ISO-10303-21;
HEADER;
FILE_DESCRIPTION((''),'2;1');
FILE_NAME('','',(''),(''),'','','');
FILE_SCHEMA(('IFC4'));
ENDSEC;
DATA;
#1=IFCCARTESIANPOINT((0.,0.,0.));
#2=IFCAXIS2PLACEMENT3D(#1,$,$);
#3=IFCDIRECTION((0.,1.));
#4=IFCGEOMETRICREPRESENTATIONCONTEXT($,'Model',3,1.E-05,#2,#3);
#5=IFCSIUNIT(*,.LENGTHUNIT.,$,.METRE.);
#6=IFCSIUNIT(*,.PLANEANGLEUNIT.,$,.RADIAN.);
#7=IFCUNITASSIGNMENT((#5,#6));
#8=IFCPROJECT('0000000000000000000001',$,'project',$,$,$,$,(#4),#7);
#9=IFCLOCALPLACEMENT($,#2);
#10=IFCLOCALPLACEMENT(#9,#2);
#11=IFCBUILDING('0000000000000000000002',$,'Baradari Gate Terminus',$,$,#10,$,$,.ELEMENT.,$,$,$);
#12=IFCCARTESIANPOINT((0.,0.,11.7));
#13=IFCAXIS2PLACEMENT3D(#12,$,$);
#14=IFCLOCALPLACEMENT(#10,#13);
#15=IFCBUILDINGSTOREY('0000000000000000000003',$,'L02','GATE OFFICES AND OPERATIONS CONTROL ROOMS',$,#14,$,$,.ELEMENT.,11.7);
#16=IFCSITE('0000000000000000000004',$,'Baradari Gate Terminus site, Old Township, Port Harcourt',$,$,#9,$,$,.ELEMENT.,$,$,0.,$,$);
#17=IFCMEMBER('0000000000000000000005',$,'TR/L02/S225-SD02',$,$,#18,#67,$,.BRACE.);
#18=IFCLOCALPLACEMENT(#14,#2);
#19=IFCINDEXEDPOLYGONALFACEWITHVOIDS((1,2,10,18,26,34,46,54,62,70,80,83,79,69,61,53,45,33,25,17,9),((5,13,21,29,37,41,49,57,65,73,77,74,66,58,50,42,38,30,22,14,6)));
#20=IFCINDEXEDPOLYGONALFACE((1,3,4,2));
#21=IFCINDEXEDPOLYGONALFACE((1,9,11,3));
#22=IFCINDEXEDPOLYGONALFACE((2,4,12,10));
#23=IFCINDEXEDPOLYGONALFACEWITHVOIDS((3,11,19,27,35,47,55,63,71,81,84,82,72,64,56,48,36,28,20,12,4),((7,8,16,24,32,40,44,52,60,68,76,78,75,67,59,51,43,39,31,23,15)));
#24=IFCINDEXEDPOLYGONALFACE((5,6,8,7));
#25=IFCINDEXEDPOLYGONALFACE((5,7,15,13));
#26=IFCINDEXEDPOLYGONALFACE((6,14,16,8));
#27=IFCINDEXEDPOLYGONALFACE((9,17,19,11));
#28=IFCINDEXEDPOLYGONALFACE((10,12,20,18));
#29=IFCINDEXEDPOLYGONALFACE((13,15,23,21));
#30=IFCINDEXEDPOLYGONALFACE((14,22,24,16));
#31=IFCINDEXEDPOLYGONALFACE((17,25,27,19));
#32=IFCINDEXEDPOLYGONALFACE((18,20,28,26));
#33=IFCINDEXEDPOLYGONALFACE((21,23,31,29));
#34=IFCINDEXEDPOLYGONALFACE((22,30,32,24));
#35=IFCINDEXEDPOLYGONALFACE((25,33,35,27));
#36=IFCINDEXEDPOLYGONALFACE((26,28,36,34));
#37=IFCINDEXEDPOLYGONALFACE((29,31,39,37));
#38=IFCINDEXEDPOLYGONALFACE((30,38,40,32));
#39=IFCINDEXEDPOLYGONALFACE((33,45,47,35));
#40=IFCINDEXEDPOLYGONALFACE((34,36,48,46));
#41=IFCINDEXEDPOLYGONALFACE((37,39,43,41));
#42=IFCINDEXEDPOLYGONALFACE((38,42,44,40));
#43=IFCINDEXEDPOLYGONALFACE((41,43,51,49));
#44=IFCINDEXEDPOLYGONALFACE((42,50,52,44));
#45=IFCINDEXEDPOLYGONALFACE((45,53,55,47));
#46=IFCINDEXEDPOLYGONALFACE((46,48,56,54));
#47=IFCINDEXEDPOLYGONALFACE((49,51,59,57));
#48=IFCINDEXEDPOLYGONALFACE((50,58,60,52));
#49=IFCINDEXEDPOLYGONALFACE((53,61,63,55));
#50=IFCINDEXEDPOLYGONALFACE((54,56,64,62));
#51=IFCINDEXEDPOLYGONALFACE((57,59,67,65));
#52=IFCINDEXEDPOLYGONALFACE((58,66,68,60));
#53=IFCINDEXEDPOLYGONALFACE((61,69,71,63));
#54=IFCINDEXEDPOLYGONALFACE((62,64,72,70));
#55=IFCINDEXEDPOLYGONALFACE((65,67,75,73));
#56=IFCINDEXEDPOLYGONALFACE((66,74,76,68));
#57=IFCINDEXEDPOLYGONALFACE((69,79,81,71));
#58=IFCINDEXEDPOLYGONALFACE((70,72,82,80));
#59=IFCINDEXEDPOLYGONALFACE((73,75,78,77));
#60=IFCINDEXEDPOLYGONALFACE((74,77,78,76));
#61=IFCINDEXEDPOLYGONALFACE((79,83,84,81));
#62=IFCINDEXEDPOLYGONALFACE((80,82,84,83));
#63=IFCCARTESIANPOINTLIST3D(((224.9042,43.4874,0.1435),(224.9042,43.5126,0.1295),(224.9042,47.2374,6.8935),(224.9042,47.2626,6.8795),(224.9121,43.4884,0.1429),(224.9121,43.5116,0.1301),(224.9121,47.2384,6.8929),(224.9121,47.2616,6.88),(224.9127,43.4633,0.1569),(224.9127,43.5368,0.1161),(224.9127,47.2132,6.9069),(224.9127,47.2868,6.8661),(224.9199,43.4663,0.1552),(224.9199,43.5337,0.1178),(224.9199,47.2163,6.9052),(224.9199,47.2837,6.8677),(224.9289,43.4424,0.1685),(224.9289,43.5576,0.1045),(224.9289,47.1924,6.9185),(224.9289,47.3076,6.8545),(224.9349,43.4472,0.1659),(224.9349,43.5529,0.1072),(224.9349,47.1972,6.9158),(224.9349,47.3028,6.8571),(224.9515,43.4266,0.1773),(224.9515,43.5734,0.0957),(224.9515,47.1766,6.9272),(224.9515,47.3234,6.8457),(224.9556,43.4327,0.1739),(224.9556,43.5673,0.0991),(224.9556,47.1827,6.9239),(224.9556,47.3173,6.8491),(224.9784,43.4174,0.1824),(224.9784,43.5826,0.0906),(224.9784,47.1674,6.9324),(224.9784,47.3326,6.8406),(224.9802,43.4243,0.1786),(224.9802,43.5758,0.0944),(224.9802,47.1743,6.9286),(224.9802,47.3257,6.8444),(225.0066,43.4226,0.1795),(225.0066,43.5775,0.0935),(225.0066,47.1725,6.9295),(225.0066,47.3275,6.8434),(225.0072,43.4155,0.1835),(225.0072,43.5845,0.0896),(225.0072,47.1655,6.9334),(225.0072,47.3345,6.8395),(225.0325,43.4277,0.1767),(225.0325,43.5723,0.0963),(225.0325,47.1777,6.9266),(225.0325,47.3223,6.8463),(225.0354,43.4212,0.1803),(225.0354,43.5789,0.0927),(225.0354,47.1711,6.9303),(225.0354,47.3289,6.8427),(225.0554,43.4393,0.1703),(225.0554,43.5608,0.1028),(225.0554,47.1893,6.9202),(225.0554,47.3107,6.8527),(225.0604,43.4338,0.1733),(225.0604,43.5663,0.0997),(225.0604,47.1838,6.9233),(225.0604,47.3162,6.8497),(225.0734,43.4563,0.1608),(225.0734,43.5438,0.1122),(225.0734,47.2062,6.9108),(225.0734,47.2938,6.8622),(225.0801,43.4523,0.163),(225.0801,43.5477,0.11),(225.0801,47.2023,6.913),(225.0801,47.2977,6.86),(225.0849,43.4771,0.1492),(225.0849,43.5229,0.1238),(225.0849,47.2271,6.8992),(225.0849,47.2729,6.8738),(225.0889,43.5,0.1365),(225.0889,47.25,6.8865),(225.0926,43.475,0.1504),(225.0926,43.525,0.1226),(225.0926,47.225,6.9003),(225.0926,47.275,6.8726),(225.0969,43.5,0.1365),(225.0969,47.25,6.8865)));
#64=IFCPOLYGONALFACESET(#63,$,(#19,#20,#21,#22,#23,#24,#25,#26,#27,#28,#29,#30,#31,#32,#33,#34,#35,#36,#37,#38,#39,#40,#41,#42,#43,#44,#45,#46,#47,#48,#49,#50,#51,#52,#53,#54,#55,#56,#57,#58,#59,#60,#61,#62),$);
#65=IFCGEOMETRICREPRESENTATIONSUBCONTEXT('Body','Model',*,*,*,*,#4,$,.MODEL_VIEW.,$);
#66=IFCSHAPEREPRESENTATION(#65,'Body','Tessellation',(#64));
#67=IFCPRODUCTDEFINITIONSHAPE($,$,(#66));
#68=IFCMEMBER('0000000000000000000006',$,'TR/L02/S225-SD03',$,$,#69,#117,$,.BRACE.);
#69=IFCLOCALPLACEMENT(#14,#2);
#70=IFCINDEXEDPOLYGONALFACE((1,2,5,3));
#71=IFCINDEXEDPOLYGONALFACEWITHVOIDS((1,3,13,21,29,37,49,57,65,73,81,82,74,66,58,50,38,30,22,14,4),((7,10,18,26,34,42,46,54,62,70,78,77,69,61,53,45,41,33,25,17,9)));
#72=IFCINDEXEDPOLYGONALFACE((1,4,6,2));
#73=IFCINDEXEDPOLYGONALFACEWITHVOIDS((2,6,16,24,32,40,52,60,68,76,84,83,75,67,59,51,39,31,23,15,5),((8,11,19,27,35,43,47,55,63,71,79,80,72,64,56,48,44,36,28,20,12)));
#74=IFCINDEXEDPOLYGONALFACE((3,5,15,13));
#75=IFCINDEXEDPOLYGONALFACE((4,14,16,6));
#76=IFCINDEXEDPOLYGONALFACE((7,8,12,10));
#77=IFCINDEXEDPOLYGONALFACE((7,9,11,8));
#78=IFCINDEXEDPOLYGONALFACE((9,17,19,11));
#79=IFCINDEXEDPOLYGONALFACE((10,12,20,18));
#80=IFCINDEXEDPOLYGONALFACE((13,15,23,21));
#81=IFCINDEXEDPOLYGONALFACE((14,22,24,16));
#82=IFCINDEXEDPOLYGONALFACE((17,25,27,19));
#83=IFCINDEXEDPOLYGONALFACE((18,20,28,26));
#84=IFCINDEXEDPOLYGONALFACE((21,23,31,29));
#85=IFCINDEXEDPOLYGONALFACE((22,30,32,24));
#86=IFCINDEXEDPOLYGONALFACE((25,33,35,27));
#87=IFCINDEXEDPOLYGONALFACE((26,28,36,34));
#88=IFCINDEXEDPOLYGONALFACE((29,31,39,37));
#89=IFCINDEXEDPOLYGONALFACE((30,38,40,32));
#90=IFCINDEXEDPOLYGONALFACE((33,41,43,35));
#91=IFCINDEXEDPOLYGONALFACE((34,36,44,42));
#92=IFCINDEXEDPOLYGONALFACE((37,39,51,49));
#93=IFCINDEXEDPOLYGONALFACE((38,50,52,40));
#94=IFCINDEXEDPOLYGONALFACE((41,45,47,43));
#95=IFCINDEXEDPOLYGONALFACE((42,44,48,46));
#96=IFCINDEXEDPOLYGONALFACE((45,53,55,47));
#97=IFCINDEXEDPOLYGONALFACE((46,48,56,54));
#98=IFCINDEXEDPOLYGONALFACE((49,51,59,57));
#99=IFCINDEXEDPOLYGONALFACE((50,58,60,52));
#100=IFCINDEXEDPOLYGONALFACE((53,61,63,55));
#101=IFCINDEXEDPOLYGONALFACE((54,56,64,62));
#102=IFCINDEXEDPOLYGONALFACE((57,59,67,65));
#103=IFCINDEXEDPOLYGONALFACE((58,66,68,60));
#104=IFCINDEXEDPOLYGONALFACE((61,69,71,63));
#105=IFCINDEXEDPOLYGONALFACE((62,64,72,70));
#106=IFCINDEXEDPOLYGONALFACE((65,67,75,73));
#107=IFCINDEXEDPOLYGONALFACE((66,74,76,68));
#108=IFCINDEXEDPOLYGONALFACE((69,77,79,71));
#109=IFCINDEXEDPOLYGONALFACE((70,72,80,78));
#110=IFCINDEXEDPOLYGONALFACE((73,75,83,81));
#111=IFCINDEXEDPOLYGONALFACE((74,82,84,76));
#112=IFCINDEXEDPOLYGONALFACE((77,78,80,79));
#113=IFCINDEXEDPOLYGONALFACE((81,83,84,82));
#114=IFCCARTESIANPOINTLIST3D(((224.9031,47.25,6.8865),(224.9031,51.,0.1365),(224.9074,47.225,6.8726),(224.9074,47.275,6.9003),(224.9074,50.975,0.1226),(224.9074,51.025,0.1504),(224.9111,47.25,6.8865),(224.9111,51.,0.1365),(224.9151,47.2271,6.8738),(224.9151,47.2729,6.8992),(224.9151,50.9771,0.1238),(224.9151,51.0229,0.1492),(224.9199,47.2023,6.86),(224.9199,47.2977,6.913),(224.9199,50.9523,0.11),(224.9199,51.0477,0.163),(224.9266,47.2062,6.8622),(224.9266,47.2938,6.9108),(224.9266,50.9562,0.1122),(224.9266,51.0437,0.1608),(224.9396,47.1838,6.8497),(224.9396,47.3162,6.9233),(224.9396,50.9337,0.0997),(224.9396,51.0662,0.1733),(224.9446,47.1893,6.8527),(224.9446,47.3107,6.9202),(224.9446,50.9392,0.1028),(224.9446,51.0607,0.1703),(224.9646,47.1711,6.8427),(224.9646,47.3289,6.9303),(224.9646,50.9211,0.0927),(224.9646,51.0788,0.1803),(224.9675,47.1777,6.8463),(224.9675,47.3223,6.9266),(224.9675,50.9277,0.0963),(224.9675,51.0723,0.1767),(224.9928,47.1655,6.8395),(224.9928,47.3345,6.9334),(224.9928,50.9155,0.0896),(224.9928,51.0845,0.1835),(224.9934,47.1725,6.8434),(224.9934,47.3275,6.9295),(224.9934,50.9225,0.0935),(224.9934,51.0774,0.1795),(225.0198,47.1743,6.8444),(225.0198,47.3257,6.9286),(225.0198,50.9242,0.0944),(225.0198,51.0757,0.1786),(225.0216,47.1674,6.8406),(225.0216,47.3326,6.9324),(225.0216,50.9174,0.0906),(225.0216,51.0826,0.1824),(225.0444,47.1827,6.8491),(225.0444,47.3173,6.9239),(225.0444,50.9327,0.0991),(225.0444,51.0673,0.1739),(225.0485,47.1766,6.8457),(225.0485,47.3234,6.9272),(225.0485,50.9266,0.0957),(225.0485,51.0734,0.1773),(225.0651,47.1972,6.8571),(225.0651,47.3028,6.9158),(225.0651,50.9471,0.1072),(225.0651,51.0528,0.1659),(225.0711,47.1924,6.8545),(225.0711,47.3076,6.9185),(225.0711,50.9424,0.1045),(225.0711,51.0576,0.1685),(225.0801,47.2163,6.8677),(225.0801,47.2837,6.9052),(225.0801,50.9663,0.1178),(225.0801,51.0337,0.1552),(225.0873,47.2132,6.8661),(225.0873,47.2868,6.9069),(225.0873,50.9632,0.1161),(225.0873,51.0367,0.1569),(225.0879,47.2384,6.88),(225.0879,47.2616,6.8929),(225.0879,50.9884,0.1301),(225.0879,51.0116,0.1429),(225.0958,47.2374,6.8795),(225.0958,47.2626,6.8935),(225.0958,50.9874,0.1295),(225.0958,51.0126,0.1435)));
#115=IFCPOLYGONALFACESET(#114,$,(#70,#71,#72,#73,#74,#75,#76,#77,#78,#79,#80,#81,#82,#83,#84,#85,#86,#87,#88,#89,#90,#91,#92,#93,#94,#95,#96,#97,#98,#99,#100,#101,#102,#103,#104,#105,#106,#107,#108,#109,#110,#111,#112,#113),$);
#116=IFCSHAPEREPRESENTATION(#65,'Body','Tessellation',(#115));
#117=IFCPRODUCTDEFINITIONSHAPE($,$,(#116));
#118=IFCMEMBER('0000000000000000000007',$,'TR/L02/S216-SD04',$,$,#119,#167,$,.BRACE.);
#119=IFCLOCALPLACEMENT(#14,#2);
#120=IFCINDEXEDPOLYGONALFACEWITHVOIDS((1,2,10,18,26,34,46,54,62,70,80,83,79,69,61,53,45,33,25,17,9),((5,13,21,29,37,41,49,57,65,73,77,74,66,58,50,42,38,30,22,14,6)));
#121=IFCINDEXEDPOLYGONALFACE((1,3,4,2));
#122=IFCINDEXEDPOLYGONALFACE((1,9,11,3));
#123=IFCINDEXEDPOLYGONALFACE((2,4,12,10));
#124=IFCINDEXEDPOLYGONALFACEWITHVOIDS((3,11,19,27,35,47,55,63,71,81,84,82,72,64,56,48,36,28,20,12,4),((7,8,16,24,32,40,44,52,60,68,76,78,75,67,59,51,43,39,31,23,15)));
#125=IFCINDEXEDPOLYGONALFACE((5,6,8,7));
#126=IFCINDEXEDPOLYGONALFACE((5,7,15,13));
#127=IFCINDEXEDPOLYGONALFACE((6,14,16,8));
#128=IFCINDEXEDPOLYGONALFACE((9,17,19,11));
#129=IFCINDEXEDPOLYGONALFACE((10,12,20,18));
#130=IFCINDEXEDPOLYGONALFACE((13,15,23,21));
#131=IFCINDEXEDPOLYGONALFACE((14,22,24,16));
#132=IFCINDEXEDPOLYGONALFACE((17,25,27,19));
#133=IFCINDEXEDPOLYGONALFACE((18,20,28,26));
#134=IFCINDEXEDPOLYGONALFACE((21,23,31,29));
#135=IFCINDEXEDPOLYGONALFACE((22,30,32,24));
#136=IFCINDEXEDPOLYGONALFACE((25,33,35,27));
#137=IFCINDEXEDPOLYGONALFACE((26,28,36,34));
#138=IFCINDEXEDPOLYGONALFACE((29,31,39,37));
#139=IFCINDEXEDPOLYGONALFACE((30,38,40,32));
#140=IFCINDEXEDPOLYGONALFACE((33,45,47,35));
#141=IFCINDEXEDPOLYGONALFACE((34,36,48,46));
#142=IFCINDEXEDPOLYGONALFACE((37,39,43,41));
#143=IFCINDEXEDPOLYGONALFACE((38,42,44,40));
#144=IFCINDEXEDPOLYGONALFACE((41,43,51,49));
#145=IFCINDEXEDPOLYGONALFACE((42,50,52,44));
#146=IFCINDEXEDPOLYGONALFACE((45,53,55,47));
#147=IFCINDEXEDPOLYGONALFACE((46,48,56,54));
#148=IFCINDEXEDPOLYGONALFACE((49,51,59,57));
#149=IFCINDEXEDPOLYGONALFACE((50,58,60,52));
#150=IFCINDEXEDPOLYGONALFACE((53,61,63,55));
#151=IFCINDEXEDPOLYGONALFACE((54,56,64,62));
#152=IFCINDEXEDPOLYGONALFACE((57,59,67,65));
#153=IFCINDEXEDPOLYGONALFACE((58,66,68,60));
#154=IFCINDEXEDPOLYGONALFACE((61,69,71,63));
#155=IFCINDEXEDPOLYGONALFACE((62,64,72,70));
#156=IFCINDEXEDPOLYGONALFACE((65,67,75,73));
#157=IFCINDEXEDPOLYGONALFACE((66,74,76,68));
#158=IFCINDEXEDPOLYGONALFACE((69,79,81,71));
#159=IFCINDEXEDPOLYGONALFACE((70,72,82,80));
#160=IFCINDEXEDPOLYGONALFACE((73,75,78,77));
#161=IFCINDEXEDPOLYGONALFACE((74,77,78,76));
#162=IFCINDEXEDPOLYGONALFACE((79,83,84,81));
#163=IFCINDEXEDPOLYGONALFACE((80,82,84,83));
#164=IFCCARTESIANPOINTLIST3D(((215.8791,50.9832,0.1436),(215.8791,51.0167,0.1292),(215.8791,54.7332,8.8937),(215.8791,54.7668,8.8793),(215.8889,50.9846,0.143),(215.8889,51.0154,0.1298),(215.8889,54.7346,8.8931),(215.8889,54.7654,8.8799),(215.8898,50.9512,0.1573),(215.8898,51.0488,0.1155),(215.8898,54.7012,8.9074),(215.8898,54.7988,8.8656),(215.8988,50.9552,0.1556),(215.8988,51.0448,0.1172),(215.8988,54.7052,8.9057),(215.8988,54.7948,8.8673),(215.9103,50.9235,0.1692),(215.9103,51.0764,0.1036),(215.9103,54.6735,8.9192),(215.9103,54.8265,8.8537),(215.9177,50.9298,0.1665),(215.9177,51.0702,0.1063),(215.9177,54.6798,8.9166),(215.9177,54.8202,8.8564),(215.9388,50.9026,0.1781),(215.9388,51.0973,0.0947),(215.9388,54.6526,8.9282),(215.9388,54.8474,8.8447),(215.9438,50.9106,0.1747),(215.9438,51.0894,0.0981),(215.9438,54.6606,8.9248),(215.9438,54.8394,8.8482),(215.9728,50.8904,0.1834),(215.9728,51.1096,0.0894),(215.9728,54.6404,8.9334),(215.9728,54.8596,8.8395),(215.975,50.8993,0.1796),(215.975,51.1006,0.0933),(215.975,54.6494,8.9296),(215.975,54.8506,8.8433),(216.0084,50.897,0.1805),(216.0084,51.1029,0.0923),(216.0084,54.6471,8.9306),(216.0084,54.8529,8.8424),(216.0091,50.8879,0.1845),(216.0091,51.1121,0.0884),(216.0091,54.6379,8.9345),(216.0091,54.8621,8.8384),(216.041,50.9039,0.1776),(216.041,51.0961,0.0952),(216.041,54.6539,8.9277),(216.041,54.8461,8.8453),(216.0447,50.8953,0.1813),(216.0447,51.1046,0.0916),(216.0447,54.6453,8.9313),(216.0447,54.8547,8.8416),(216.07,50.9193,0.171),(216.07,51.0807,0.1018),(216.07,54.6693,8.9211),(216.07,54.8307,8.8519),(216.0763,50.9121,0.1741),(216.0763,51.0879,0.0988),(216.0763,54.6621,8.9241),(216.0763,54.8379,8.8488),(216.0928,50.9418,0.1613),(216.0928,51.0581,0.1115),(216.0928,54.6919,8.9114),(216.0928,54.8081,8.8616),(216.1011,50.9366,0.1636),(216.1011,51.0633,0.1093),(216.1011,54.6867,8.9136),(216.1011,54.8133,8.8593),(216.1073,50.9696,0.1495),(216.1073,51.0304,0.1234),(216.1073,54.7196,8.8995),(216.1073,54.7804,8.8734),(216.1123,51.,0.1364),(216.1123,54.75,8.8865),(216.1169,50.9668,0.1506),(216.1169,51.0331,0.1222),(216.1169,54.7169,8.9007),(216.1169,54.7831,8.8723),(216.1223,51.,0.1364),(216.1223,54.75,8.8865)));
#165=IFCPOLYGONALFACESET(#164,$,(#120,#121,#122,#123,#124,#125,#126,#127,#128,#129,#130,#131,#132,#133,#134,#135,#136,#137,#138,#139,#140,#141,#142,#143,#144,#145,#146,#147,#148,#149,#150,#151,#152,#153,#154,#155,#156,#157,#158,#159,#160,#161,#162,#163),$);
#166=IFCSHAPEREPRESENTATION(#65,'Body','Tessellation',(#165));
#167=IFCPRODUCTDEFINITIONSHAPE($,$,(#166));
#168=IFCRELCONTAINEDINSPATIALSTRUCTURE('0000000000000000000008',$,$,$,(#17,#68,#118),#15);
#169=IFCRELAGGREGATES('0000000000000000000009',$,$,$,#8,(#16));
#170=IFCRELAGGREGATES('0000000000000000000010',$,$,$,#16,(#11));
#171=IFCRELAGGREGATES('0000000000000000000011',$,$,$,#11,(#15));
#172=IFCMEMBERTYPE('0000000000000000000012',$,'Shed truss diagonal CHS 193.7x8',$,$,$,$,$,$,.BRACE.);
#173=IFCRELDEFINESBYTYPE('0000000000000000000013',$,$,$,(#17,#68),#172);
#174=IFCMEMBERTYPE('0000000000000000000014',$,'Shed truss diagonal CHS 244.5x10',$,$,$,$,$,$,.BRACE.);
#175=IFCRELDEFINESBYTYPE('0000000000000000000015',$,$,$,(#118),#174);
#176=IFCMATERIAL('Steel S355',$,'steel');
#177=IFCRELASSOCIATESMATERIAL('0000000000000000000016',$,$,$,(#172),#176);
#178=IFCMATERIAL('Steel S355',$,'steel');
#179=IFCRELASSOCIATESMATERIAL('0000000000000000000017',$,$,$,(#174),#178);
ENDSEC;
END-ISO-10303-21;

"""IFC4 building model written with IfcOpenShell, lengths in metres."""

from ifc_helpers import new_model, si_unit, direction, frame, origin, origin_2d, place, context, subcontext, project, spatial, hollow_circle, extrude, material, material_profile, profile_set, type_object, element, save


model = new_model("IFC4")

# Units and contexts
model_context = context("Model", 3, precision=1e-05, world=origin(), true_north=direction((0.0, 1.0)))
body_context = subcontext(model_context, "Body", "Model", "MODEL_VIEW")
ifc_project = project(units=[si_unit("LENGTHUNIT", "METRE"), si_unit("PLANEANGLEUNIT", "RADIAN")], contexts=[model_context])

# Site, building, storey
site_placement = place(None, origin())
site = spatial("IfcSite", under=ifc_project, at=site_placement, Name="Baradari Gate Terminus site, Old Township, Port Harcourt", CompositionType="ELEMENT", RefElevation=0.0)
building_placement = place(site_placement, origin())
building = spatial("IfcBuilding", under=site, at=building_placement, Name="Baradari Gate Terminus", CompositionType="ELEMENT")
storey_placement = place(building_placement, frame((0.0, 0.0, 11.7)))
storey = spatial("IfcBuildingStorey", under=building, at=storey_placement, Name="L02", Description="GATE OFFICES AND OPERATIONS CONTROL ROOMS", CompositionType="ELEMENT", Elevation=11.7)

# Members
ifc_material_1 = material(Name="Steel S355", Category="steel")
ifc_material_profile_1 = material_profile(ifc_material_1, hollow_circle(Radius=0.0969, WallThickness=0.0081, at=origin_2d()), Name="CHS 193.7x8")
ifc_profile_set_1 = profile_set([ifc_material_profile_1], Name="Steel S355")
member_type_1 = type_object("IfcMemberType", Name="Shed truss diagonal CHS 193.7x8", PredefinedType="BRACE", material=ifc_profile_set_1)
for number, where, z_axis, x_axis, name in (
    (1, (225.0, 47.25, 6.8865), (0.0, -0.485643, -0.874157), (1.0, 0.0, 0.0), "TR/L02/S225-SD02"),
    (2, (225.0, 47.25, 6.8865), (0.0, 0.485643, -0.874157), (-1.0, 0.0, 0.0), "TR/L02/S225-SD03"),
):
    element("IfcMember", number, at=place(storey_placement, frame(where, z_axis=z_axis, x_axis=x_axis)), inside=storey, type_object=member_type_1, Name=name, PredefinedType="BRACE", context=body_context, shape_type="SweptSolid", body=[
        extrude(hollow_circle(Radius=0.0969, WallThickness=0.0081, at=origin_2d()), origin(), (0.0, 0.0, 1.0), 7.7217),
    ])
ifc_material_2 = material(Name="Steel S355", Category="steel")
ifc_material_profile_2 = material_profile(ifc_material_2, hollow_circle(Radius=0.1223, WallThickness=0.01, at=origin_2d()), Name="CHS 244.5x10")
ifc_profile_set_2 = profile_set([ifc_material_profile_2], Name="Steel S355")
member_type_2 = type_object("IfcMemberType", Name="Shed truss diagonal CHS 244.5x10", PredefinedType="BRACE", material=ifc_profile_set_2)
for number, where, z_axis, x_axis, name in (
    (3, (216.0, 54.75, 8.8865), (0.0, -0.393919, -0.919145), (1.0, 0.0, 0.0), "TR/L02/S216-SD04"),
):
    element("IfcMember", number, at=place(storey_placement, frame(where, z_axis=z_axis, x_axis=x_axis)), inside=storey, type_object=member_type_2, Name=name, PredefinedType="BRACE", context=body_context, shape_type="SweptSolid", body=[
        extrude(hollow_circle(Radius=0.1223, WallThickness=0.01, at=origin_2d()), origin(), (0.0, 0.0, 1.0), 9.5198),
    ])

save(model, "model.ifc")
